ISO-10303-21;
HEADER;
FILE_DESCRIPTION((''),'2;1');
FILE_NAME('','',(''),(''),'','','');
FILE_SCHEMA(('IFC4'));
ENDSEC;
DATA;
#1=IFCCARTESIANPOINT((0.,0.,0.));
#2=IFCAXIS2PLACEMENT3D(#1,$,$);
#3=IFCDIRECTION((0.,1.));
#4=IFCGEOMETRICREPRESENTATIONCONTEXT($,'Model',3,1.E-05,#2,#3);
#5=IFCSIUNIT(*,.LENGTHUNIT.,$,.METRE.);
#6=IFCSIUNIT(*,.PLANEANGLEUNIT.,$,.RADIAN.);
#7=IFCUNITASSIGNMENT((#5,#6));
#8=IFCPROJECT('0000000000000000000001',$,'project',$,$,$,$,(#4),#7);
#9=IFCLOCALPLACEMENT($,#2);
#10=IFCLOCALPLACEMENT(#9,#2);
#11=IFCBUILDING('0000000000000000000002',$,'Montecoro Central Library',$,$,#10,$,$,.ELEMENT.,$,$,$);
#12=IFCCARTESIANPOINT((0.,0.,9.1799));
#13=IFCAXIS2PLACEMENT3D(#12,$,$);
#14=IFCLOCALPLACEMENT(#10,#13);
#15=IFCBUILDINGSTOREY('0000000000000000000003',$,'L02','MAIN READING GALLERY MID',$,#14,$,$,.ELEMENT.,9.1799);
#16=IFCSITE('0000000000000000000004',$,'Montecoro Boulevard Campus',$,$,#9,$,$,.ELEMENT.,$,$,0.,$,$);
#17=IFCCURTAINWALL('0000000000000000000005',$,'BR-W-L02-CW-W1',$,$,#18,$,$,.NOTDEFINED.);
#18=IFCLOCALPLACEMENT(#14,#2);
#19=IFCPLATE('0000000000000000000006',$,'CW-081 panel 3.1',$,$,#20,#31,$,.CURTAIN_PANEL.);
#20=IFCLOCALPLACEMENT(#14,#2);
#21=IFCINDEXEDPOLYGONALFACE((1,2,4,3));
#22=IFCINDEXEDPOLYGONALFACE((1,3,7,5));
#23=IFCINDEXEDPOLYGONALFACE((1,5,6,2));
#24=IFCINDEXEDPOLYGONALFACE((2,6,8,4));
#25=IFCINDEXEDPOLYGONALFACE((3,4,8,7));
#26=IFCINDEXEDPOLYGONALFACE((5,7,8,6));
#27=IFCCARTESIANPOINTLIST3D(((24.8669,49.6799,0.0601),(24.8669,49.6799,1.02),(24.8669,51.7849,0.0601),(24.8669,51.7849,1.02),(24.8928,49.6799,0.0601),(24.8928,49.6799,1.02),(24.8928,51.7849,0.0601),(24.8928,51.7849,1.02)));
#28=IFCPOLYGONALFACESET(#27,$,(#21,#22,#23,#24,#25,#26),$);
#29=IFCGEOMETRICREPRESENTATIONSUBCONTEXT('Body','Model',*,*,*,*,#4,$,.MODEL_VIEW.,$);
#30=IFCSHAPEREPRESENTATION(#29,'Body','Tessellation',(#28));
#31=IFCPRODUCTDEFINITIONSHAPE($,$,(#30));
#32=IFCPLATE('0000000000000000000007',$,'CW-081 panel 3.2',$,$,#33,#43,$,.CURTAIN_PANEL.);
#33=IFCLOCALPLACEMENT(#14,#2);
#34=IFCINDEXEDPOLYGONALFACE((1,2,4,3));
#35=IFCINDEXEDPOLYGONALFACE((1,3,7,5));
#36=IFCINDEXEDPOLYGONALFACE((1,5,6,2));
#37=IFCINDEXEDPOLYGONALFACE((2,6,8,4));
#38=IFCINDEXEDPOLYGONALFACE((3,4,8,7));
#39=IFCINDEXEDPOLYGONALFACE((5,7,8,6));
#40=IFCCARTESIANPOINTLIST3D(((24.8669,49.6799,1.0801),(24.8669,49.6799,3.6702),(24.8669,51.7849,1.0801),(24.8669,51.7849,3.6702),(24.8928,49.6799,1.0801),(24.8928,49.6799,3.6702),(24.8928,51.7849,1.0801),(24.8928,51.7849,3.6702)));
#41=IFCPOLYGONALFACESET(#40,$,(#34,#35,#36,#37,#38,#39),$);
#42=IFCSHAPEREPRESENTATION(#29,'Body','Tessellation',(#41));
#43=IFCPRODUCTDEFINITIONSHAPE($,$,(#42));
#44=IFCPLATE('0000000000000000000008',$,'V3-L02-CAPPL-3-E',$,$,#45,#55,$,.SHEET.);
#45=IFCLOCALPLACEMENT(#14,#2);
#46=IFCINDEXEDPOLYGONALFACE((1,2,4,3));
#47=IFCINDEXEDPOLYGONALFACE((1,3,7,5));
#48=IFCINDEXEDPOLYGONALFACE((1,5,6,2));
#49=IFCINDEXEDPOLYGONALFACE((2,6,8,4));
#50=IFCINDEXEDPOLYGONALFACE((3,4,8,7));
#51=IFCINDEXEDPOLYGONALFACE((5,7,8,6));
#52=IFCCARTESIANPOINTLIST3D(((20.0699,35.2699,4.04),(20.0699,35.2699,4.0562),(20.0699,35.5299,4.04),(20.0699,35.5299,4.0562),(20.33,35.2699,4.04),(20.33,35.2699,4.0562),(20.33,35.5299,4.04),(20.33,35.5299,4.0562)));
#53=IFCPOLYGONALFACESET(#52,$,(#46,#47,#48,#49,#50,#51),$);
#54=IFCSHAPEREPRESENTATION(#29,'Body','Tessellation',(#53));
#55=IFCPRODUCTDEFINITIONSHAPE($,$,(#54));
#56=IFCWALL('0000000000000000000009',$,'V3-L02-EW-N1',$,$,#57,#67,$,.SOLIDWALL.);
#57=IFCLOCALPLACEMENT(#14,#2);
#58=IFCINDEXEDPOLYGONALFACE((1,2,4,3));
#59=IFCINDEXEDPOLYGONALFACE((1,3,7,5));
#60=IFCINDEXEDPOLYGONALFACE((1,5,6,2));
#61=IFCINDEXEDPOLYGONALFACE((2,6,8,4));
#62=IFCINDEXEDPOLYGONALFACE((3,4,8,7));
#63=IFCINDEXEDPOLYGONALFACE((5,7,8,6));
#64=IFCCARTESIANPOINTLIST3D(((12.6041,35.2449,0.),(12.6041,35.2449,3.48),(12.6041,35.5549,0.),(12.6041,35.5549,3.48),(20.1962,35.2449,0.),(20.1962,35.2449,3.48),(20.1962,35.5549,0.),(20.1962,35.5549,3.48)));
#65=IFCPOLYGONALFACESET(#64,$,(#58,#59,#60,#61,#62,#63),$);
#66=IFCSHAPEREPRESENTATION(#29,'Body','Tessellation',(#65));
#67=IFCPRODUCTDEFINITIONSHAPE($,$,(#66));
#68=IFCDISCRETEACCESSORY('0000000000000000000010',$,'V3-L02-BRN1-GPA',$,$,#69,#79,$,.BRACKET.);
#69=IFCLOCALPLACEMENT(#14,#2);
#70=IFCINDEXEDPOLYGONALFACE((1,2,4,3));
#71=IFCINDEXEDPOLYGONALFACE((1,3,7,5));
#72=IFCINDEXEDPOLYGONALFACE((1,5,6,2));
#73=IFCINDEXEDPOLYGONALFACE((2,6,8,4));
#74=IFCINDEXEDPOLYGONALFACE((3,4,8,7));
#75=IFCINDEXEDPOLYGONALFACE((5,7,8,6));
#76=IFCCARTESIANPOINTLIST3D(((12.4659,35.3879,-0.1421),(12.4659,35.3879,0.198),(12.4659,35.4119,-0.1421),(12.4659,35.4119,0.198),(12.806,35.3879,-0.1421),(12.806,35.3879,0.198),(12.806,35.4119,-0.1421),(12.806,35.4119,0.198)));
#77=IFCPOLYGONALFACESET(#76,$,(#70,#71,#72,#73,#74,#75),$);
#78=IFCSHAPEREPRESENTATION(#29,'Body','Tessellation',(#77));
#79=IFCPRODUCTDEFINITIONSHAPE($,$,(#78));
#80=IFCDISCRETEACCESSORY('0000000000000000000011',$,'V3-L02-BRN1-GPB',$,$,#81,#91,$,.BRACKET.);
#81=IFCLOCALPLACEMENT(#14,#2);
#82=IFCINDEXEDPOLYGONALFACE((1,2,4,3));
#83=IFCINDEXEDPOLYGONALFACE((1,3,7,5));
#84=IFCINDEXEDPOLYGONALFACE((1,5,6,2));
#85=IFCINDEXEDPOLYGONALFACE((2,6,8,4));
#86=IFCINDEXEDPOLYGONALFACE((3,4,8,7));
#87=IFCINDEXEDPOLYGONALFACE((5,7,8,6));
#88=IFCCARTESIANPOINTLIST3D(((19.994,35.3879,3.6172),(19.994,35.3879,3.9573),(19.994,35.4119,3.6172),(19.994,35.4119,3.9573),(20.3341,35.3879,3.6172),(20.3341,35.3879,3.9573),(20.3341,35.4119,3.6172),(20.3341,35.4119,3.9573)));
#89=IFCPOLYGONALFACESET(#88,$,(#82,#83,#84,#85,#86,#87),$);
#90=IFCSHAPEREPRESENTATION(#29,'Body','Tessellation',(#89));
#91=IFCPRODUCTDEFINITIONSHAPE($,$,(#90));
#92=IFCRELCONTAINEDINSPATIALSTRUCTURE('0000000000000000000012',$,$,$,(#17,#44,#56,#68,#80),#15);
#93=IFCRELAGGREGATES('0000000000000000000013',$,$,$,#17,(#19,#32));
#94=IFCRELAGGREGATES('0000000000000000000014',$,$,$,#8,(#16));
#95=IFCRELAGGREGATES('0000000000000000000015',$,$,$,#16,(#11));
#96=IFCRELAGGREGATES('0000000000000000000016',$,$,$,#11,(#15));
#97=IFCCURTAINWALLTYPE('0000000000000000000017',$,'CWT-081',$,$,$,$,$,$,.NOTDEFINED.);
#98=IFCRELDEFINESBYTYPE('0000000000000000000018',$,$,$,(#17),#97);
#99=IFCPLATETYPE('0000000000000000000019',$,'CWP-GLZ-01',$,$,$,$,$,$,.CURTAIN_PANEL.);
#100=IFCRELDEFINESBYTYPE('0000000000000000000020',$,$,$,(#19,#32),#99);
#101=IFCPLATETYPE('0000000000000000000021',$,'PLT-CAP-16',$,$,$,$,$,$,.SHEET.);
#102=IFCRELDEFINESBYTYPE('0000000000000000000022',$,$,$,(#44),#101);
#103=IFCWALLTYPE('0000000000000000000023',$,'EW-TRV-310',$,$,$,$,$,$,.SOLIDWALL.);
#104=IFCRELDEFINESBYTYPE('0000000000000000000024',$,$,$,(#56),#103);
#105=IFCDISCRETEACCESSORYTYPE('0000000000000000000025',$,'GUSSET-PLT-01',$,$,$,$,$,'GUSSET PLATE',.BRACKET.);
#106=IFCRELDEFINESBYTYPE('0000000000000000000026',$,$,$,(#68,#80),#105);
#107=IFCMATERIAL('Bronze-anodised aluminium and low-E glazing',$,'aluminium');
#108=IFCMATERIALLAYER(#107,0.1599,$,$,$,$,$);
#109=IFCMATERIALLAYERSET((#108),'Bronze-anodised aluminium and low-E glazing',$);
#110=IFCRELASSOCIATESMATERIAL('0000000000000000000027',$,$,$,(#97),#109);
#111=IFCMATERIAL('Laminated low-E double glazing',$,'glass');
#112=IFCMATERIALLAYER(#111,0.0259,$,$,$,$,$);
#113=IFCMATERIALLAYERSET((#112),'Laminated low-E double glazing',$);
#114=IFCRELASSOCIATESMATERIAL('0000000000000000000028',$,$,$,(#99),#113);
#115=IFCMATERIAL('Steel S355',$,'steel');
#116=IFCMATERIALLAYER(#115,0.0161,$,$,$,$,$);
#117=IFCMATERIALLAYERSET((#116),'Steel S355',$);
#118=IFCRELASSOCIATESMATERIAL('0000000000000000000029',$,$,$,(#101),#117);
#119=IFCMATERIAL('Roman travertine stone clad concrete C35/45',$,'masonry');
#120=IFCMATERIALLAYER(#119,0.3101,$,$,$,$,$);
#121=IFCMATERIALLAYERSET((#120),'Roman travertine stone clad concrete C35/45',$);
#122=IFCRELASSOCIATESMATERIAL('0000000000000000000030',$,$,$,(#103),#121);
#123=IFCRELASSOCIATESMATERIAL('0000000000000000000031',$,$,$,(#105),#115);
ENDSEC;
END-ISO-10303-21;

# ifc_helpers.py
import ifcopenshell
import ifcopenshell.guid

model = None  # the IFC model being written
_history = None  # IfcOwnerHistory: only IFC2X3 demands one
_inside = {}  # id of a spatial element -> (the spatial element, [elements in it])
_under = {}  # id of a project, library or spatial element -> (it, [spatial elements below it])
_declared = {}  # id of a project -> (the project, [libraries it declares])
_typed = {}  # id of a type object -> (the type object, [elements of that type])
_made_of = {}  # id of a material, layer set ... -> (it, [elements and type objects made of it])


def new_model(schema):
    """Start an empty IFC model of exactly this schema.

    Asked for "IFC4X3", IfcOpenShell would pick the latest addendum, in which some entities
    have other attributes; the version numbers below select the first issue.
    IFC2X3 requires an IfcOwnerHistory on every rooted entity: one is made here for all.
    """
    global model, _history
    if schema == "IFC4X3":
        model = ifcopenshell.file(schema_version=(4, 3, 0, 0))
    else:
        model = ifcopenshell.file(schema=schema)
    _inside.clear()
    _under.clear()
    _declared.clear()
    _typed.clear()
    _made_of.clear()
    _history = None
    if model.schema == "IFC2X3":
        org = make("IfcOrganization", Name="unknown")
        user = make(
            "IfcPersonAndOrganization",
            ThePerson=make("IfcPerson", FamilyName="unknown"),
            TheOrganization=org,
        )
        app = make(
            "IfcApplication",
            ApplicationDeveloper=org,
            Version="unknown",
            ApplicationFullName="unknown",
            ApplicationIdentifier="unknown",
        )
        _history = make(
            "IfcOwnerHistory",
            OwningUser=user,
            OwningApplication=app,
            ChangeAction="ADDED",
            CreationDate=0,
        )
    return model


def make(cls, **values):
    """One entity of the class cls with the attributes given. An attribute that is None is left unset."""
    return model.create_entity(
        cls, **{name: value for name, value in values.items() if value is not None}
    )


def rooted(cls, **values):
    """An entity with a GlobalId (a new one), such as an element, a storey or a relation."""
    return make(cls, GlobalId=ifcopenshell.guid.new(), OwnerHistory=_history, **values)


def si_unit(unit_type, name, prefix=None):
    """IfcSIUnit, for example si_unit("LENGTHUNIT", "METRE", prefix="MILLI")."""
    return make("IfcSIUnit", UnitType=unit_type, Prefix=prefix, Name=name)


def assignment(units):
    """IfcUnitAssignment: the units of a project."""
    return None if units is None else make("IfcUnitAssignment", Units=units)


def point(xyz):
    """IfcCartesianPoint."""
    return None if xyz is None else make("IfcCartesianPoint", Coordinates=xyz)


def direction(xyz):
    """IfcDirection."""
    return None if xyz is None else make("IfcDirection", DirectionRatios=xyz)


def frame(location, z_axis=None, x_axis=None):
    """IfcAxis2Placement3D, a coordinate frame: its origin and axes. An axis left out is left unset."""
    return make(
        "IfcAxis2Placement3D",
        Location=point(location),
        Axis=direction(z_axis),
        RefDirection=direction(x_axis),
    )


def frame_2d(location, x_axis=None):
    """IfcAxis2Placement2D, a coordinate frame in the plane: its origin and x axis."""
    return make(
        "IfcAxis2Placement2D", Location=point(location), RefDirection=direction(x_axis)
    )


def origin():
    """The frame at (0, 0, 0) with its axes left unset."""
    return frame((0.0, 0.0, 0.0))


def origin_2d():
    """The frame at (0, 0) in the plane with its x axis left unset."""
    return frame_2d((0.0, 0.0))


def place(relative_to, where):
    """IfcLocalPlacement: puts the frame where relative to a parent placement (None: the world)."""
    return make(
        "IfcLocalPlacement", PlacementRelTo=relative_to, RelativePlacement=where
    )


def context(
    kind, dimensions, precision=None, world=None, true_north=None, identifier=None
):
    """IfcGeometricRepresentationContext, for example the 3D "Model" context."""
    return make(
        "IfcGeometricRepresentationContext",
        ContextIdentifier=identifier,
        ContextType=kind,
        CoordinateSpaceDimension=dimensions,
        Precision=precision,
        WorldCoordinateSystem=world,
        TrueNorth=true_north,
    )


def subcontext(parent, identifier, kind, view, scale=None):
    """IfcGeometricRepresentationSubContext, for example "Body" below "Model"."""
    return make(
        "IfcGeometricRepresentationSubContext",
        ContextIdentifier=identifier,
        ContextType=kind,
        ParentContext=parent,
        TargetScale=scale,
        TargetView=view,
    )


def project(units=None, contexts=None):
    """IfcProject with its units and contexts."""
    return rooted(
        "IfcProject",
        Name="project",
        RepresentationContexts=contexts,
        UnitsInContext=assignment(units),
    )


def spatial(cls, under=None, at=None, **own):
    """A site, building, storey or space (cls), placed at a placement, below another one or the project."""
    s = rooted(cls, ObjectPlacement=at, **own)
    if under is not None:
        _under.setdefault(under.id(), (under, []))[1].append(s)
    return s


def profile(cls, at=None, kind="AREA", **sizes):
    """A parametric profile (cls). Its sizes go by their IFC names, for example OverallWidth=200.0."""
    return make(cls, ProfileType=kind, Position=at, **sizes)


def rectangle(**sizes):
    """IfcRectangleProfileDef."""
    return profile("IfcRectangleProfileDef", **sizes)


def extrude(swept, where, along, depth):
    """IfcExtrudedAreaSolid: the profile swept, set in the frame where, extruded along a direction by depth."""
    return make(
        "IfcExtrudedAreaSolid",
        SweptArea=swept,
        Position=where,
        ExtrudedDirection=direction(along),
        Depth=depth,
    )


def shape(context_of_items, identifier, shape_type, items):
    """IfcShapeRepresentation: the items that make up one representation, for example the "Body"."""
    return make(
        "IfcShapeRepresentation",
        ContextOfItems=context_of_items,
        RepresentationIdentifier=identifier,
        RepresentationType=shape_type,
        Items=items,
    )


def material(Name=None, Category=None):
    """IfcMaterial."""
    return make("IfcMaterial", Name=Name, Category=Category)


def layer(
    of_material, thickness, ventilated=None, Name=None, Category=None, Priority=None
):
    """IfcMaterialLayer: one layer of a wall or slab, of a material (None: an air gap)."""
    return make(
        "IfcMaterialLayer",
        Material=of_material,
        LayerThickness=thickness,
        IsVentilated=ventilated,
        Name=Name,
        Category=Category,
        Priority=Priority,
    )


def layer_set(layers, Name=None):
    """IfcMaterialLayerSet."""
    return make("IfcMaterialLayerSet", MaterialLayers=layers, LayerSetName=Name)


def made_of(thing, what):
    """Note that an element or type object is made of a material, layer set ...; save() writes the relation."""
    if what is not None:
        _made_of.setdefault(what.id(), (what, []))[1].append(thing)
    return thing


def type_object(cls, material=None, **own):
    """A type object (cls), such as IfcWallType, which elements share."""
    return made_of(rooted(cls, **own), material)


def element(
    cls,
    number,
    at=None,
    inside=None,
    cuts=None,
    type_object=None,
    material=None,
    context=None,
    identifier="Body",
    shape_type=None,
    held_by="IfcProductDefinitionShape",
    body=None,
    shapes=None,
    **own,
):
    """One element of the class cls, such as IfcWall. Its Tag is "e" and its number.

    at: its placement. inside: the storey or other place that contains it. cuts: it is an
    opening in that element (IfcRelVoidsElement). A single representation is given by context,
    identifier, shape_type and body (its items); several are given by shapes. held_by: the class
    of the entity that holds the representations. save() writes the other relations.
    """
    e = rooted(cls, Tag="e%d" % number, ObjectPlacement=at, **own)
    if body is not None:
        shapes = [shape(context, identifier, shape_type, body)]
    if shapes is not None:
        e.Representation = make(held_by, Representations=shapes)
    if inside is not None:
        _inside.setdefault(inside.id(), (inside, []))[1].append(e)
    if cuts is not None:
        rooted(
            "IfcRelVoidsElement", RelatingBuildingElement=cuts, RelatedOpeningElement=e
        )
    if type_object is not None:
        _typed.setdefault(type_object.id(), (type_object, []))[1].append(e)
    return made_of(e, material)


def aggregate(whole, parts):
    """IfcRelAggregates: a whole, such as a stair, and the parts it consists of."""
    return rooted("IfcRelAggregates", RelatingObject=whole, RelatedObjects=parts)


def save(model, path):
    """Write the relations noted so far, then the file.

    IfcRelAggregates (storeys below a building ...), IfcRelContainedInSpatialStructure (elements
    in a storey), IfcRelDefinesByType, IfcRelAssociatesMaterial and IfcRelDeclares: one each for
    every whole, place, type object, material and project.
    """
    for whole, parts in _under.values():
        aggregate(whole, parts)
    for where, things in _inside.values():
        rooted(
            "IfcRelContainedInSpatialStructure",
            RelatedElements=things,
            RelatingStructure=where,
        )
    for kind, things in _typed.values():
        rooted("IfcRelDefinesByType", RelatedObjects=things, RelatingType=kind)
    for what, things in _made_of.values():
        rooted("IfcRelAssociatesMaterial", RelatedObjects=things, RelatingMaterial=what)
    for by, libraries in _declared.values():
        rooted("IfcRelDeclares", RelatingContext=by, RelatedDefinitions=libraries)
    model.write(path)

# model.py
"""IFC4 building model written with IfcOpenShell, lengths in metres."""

from ifc_helpers import new_model, si_unit, direction, frame, frame_2d, origin, origin_2d, place, context, subcontext, project, spatial, rectangle, extrude, material, layer, layer_set, type_object, element, aggregate, save


model = new_model("IFC4")

# Units and contexts
model_context = context("Model", 3, precision=1e-05, world=origin(), true_north=direction((0.0, 1.0)))
body_context = subcontext(model_context, "Body", "Model", "MODEL_VIEW")
ifc_project = project(units=[si_unit("LENGTHUNIT", "METRE"), si_unit("PLANEANGLEUNIT", "RADIAN")], contexts=[model_context])

# Site, building, storey
site_placement = place(None, origin())
site = spatial("IfcSite", under=ifc_project, at=site_placement, Name="Montecoro Boulevard Campus", CompositionType="ELEMENT", RefElevation=0.0)
building_placement = place(site_placement, origin())
building = spatial("IfcBuilding", under=site, at=building_placement, Name="Montecoro Central Library", CompositionType="ELEMENT")
storey_placement = place(building_placement, frame((0.0, 0.0, 9.1799)))
storey = spatial("IfcBuildingStorey", under=building, at=storey_placement, Name="L02", Description="MAIN READING GALLERY MID", CompositionType="ELEMENT", Elevation=9.1799)

# Shared definitions
ifc_material_1 = material(Name="Steel S355", Category="steel")

# Curtain wall, plates
ifc_material_2 = material(Name="Bronze-anodised aluminium and low-E glazing", Category="aluminium")
ifc_layer_1 = layer(ifc_material_2, 0.1599)
ifc_layer_set_1 = layer_set([ifc_layer_1], Name="Bronze-anodised aluminium and low-E glazing")
curtain_wall_type = type_object("IfcCurtainWallType", Name="CWT-081", PredefinedType="NOTDEFINED", material=ifc_layer_set_1)
curtain_wall_placement = place(storey_placement, origin())
curtain_wall = element("IfcCurtainWall", 1, at=curtain_wall_placement, inside=storey, type_object=curtain_wall_type, Name="BR-W-L02-CW-W1", PredefinedType="NOTDEFINED")
ifc_material_3 = material(Name="Laminated low-E double glazing", Category="glass")
ifc_layer_2 = layer(ifc_material_3, 0.0259)
ifc_layer_set_2 = layer_set([ifc_layer_2], Name="Laminated low-E double glazing")
plate_type_1 = type_object("IfcPlateType", Name="CWP-GLZ-01", PredefinedType="CURTAIN_PANEL", material=ifc_layer_set_2)
plate_1_placement = place(storey_placement, frame((24.8799, 50.7324, 0.0601), z_axis=(0.0, 0.0, 1.0), x_axis=(0.0, 1.0, 0.0)))
plate_1 = element("IfcPlate", 2, at=plate_1_placement, type_object=plate_type_1, Name="CW-081 panel 3.1", PredefinedType="CURTAIN_PANEL", context=body_context, shape_type="SweptSolid", body=[
    extrude(rectangle(XDim=2.105, YDim=0.0259, at=origin_2d()), origin(), (0.0, 0.0, 1.0), 0.96),
])
plate_2_placement = place(storey_placement, frame((24.8799, 50.7324, 1.0801), z_axis=(0.0, 0.0, 1.0), x_axis=(0.0, 1.0, 0.0)))
plate_2 = element("IfcPlate", 3, at=plate_2_placement, type_object=plate_type_1, Name="CW-081 panel 3.2", PredefinedType="CURTAIN_PANEL", context=body_context, shape_type="SweptSolid", body=[
    extrude(rectangle(XDim=2.105, YDim=0.0259, at=origin_2d()), origin(), (0.0, 0.0, 1.0), 2.5901),
])
aggregate(curtain_wall, [plate_1, plate_2])

# Plate
ifc_layer_3 = layer(ifc_material_1, 0.0161)
ifc_layer_set_3 = layer_set([ifc_layer_3], Name="Steel S355")
plate_type_2 = type_object("IfcPlateType", Name="PLT-CAP-16", PredefinedType="SHEET", material=ifc_layer_set_3)
plate_3_placement = place(storey_placement, frame((20.2, 35.3999, 4.04), z_axis=(0.0, 0.0, 1.0), x_axis=(1.0, 0.0, 0.0)))
element("IfcPlate", 4, at=plate_3_placement, inside=storey, type_object=plate_type_2, Name="V3-L02-CAPPL-3-E", PredefinedType="SHEET", context=body_context, shape_type="SweptSolid", body=[
    extrude(rectangle(XDim=0.26, YDim=0.26, at=origin_2d()), origin(), (0.0, 0.0, 1.0), 0.0161),
])

# Wall
ifc_material_4 = material(Name="Roman travertine stone clad concrete C35/45", Category="masonry")
ifc_layer_4 = layer(ifc_material_4, 0.3101)
ifc_layer_set_4 = layer_set([ifc_layer_4], Name="Roman travertine stone clad concrete C35/45")
wall_type = type_object("IfcWallType", Name="EW-TRV-310", PredefinedType="SOLIDWALL", material=ifc_layer_set_4)
wall_placement = place(storey_placement, frame((20.196, 35.3999, 0.0), z_axis=(0.0, 0.0, 1.0), x_axis=(-1.0, 0.0, 0.0)))
element("IfcWall", 5, at=wall_placement, inside=storey, type_object=wall_type, Name="V3-L02-EW-N1", PredefinedType="SOLIDWALL", context=body_context, shape_type="SweptSolid", body=[
    extrude(rectangle(XDim=7.592, YDim=0.3101, at=frame_2d((3.7959, 0.0))), origin(), (0.0, 0.0, 1.0), 3.48),
])

# Discrete accessories
discrete_accessory_type = type_object("IfcDiscreteAccessoryType", Name="GUSSET-PLT-01", ElementType="GUSSET PLATE", PredefinedType="BRACKET", material=ifc_material_1)
for number, where, z_axis, x_axis, name in (
    (6, (12.636, 35.3999, -0.1421), (0.0, 0.0, 1.0), (1.0, 0.0, 0.0), "V3-L02-BRN1-GPA"),
    (7, (20.1641, 35.3999, 3.6172), (0.0, 0.0, 1.0), (1.0, 0.0, 0.0), "V3-L02-BRN1-GPB"),
):
    element("IfcDiscreteAccessory", number, at=place(storey_placement, frame(where, z_axis=z_axis, x_axis=x_axis)), inside=storey, type_object=discrete_accessory_type, Name=name, PredefinedType="BRACKET", context=body_context, shape_type="SweptSolid", body=[
        extrude(rectangle(XDim=0.3401, YDim=0.0239, at=origin_2d()), origin(), (0.0, 0.0, 1.0), 0.3401),
    ])

save(model, "model.ifc")
